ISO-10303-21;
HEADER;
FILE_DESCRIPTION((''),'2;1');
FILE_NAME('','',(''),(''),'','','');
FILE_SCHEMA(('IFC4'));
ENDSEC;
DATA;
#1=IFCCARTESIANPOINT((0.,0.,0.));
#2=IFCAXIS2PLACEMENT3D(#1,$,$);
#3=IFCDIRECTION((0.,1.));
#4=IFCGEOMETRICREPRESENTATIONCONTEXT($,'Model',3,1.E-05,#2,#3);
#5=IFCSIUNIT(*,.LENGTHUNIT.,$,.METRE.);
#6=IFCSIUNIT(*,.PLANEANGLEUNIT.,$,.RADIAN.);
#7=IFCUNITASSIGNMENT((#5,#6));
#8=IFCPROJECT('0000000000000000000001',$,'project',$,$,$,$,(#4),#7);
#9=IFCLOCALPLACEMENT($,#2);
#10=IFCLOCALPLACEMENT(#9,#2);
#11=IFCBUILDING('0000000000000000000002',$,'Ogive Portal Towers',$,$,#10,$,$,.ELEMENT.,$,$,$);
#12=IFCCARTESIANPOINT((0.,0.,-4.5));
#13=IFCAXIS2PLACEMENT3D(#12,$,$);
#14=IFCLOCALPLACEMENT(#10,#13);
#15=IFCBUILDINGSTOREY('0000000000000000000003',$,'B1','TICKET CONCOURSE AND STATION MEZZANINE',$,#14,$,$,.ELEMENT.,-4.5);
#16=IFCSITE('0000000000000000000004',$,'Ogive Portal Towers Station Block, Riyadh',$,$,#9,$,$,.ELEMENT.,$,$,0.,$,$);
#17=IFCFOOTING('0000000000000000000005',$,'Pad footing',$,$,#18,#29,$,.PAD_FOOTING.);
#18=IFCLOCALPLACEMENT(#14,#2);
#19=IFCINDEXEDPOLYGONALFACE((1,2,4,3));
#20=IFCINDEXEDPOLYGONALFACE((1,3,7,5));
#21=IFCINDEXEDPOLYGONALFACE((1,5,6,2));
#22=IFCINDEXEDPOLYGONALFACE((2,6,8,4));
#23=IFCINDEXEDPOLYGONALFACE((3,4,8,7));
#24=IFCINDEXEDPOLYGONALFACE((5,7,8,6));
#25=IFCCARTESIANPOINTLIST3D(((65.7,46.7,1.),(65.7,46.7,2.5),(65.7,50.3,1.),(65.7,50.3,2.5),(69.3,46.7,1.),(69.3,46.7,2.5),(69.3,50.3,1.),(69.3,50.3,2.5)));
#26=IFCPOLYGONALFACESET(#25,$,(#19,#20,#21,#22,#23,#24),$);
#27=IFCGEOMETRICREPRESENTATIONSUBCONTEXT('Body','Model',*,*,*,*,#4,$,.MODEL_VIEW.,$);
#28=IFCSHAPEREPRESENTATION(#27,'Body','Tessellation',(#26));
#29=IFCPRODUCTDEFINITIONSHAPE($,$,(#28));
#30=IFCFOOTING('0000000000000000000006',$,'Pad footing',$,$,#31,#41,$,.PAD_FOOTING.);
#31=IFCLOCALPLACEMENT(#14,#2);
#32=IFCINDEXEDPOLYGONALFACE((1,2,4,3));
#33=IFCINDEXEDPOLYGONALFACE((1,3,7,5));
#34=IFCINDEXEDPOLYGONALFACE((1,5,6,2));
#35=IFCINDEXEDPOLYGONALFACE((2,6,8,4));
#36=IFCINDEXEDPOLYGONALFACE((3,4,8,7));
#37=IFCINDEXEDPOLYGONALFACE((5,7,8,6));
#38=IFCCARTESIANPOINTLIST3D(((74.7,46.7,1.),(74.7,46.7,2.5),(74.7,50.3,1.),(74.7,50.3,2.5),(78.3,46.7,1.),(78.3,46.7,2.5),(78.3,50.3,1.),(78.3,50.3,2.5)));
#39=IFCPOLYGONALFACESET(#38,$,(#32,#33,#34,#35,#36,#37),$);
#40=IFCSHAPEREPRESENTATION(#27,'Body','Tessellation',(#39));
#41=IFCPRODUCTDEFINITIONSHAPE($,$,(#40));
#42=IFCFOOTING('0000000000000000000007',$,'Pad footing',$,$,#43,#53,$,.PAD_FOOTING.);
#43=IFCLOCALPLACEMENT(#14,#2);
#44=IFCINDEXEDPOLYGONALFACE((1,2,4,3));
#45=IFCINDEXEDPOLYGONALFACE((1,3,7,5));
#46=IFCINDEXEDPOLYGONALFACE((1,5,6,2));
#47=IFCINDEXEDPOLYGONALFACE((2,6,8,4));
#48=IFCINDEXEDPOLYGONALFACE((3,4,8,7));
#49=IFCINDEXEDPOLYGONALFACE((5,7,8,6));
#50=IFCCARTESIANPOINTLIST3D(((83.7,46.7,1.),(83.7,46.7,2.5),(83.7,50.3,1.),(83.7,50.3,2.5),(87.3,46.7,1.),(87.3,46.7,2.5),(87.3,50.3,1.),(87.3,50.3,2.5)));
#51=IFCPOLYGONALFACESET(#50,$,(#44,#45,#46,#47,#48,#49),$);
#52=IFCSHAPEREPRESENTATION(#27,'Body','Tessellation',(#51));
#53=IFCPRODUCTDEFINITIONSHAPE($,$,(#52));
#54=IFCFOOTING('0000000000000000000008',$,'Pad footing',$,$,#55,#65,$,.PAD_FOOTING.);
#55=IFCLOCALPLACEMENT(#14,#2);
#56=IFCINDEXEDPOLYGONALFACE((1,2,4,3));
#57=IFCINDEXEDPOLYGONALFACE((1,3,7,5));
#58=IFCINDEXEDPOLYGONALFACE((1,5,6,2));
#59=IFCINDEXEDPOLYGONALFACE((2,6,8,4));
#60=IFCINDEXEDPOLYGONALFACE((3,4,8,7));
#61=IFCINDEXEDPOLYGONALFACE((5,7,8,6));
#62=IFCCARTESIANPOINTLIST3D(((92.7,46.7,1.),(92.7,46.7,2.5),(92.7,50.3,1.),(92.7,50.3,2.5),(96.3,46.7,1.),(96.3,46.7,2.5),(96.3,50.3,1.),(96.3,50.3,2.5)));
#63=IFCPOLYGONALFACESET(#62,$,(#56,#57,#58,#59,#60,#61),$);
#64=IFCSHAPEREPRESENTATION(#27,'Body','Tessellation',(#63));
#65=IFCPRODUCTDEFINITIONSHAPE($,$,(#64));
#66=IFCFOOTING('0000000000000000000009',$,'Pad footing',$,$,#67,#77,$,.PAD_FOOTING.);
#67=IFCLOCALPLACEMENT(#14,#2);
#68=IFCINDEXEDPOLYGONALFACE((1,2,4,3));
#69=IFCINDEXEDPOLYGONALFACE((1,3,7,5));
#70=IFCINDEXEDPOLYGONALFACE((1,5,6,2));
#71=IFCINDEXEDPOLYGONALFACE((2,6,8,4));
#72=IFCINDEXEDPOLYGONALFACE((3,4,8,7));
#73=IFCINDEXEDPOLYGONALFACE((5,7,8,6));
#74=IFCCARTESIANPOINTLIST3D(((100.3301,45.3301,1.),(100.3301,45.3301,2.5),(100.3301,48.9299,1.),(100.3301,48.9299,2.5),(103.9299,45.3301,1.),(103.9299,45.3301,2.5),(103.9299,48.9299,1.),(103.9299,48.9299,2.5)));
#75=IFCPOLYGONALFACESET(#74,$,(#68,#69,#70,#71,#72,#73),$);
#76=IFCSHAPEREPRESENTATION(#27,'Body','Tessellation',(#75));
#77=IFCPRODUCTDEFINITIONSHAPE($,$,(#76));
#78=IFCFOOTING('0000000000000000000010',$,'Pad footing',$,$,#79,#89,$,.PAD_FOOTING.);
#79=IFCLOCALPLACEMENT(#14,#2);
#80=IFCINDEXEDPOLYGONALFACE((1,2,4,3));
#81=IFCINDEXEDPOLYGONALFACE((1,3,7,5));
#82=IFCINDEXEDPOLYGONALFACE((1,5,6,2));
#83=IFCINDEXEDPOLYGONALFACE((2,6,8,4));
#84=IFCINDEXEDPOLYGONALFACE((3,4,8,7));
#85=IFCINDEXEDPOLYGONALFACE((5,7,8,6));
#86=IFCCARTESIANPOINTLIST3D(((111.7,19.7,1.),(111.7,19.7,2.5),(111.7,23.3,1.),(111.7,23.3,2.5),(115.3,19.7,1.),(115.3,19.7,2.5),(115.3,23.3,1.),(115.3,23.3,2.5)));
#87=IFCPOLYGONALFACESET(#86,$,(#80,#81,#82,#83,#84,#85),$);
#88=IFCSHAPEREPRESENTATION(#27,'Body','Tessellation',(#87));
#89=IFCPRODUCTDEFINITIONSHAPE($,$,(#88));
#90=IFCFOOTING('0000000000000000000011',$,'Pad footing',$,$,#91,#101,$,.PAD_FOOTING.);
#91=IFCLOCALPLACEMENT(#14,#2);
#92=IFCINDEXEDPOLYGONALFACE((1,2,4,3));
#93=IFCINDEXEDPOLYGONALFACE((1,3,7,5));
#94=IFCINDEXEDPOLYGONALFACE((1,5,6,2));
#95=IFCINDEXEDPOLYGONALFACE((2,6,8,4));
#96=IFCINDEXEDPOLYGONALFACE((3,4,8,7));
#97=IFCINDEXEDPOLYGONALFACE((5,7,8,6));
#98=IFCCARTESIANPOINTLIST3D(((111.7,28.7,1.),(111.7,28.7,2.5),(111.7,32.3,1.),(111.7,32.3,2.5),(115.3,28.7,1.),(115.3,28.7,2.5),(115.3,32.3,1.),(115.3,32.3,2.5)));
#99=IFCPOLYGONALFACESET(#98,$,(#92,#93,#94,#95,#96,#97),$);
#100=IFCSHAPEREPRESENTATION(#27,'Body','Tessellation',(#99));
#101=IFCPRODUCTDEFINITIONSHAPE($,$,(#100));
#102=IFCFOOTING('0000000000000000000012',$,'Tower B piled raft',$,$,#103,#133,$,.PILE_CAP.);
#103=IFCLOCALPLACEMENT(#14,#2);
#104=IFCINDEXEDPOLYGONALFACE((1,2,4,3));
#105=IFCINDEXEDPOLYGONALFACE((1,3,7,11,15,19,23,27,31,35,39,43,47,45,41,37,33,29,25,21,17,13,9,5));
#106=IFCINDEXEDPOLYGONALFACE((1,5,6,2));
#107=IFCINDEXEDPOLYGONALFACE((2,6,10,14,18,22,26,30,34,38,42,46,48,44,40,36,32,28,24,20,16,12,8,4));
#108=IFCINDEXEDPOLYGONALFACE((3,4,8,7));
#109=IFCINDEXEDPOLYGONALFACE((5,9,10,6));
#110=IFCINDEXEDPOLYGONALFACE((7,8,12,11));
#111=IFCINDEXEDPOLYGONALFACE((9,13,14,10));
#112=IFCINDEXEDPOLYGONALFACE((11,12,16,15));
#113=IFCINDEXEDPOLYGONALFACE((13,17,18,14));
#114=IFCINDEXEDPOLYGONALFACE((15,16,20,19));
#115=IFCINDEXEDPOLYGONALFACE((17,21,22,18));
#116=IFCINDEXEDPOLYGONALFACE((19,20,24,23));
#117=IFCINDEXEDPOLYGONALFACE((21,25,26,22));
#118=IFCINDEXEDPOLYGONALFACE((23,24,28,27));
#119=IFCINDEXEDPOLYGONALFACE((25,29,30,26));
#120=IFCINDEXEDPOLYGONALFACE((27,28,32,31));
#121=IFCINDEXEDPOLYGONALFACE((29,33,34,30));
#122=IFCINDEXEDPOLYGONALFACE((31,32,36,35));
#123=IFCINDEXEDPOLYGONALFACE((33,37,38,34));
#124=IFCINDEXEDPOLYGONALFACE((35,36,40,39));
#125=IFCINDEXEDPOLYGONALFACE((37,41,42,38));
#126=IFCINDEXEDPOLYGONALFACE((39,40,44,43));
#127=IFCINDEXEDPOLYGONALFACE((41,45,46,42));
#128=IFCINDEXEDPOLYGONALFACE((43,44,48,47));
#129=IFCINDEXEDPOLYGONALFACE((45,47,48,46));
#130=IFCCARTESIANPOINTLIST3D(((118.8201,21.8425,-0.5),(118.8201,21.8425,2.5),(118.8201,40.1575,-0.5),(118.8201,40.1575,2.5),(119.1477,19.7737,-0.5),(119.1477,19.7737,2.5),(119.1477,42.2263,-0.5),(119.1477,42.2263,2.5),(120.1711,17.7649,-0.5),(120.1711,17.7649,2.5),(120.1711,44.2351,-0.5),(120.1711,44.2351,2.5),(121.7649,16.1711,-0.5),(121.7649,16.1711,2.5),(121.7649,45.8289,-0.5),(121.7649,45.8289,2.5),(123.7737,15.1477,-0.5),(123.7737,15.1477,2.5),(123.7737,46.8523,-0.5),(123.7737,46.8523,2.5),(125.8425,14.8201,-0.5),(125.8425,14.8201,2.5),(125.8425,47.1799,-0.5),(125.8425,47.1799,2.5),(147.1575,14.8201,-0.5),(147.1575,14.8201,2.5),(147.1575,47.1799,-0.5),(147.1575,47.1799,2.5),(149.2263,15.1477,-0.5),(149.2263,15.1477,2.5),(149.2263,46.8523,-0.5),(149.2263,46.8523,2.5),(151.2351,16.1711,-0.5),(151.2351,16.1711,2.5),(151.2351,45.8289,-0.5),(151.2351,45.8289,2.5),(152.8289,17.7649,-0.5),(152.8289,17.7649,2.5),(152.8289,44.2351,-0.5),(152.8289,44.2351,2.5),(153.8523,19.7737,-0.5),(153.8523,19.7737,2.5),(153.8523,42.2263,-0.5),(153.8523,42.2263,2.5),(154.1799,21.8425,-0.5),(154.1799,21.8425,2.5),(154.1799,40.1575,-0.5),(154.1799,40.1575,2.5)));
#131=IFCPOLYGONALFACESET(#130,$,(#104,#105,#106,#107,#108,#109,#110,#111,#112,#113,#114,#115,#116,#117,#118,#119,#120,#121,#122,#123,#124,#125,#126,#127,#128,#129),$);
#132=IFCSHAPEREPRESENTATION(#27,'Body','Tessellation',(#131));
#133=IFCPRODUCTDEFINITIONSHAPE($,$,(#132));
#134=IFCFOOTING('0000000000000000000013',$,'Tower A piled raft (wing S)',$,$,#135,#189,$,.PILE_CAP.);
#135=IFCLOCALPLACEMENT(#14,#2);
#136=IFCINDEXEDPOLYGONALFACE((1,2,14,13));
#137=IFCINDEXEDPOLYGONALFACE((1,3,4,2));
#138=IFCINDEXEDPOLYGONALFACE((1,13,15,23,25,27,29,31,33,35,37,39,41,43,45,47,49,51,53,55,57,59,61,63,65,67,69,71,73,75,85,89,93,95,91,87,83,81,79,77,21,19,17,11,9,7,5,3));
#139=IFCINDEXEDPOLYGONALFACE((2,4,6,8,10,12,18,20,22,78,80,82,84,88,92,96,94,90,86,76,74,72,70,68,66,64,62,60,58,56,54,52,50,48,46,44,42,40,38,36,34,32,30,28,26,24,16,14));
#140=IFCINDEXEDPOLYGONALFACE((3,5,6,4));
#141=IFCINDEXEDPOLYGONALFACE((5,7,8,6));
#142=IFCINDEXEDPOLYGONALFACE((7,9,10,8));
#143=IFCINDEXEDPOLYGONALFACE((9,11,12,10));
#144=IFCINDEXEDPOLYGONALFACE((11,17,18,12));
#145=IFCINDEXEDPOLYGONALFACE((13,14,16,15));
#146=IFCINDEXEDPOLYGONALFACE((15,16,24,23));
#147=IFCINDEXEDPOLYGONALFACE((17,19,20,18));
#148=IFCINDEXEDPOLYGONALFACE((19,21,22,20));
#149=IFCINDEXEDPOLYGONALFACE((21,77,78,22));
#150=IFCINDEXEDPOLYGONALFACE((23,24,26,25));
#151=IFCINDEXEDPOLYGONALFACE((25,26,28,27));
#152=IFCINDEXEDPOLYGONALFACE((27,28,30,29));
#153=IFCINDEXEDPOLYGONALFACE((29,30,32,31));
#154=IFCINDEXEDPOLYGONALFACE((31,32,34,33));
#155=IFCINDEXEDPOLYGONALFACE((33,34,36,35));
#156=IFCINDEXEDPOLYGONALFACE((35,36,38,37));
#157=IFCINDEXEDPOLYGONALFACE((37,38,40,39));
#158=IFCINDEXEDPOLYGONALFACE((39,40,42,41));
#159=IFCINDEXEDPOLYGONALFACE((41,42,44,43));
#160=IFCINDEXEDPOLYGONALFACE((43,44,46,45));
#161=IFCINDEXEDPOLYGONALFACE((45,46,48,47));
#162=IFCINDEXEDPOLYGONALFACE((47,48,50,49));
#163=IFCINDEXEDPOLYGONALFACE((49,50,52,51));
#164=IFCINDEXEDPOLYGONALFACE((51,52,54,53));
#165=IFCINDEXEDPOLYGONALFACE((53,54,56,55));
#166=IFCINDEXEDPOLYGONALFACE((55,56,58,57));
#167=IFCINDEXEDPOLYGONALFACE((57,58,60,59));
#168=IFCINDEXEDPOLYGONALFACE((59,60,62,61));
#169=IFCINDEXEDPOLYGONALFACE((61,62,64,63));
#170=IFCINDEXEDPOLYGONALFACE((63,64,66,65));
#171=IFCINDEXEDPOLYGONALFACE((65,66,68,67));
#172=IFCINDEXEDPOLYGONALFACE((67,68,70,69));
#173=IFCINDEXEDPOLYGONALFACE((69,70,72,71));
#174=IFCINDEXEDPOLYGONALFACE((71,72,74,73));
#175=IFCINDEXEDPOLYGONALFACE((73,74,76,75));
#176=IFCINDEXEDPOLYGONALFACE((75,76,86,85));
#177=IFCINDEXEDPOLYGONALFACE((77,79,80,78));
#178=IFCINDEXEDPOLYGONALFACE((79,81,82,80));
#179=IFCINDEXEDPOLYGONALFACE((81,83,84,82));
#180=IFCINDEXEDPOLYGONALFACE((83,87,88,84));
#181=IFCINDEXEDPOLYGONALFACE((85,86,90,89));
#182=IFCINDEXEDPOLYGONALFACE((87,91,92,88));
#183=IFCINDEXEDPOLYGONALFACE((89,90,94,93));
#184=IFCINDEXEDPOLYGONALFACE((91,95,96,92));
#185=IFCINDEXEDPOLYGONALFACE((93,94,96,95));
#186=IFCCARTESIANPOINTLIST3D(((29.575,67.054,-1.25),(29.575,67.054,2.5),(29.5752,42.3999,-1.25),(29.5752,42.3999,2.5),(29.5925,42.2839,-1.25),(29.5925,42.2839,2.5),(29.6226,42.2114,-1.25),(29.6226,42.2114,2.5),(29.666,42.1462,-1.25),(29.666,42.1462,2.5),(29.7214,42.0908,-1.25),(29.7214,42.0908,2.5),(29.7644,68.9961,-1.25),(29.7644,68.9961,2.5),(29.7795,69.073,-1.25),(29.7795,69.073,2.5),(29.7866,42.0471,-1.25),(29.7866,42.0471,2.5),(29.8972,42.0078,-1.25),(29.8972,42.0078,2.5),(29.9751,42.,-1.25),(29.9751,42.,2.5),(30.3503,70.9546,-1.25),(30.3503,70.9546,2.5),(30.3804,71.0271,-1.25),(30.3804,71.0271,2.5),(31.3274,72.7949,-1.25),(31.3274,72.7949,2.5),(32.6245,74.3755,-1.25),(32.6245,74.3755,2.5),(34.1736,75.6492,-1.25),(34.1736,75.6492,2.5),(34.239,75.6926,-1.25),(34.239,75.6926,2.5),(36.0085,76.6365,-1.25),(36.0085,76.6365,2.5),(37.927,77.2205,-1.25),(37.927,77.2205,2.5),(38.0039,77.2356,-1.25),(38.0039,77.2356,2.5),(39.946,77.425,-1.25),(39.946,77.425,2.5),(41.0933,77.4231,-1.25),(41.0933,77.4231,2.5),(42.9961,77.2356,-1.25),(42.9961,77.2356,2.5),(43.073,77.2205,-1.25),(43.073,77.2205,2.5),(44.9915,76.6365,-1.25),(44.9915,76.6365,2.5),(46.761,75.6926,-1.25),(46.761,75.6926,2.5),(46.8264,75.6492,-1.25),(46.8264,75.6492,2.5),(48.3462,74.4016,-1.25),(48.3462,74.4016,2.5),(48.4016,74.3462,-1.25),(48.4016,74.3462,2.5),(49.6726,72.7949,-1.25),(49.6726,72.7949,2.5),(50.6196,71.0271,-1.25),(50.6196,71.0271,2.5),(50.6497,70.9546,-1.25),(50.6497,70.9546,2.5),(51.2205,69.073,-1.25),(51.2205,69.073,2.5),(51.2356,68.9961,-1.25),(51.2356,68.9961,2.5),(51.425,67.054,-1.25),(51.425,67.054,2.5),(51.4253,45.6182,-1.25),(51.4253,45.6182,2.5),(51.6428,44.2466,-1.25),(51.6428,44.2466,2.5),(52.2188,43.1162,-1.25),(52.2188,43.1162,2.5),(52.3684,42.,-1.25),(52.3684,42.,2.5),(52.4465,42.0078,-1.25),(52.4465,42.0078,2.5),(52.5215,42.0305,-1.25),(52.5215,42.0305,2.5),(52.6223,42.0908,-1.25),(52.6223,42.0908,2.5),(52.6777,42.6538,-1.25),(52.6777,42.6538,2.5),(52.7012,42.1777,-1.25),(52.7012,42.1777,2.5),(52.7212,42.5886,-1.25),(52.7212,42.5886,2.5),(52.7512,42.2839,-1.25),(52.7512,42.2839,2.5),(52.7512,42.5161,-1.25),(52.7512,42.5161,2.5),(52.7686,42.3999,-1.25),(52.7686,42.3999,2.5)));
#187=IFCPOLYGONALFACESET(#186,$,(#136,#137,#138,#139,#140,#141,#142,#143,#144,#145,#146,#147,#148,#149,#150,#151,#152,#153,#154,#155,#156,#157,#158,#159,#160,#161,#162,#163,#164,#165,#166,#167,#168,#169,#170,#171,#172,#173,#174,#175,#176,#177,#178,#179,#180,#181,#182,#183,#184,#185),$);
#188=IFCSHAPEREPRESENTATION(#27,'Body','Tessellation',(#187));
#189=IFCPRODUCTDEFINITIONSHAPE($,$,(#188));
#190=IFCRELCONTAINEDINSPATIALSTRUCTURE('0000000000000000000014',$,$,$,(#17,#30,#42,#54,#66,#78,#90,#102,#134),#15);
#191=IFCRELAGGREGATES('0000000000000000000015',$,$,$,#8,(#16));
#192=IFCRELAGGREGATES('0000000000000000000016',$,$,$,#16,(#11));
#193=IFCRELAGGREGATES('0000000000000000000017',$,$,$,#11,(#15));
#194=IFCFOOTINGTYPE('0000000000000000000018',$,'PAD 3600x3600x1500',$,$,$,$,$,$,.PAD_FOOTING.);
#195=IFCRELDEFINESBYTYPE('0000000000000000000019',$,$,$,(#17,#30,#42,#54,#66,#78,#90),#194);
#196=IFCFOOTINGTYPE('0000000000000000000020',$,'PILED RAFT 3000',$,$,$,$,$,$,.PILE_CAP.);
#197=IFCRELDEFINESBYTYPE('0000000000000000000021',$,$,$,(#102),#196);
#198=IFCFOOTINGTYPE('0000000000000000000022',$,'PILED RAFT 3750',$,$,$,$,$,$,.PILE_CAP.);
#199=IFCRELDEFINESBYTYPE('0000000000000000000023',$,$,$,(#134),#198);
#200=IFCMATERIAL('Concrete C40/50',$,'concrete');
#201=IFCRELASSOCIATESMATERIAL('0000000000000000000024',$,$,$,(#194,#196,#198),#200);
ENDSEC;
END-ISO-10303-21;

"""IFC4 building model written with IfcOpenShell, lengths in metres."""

from ifc_helpers import new_model, si_unit, direction, frame, origin, place, context, subcontext, project, spatial, polyline, outline, extrude, material, type_object, element, save


model = new_model("IFC4")

# Units and contexts
model_context = context("Model", 3, precision=1e-05, world=origin(), true_north=direction((0.0, 1.0)))
body_context = subcontext(model_context, "Body", "Model", "MODEL_VIEW")
ifc_project = project(units=[si_unit("LENGTHUNIT", "METRE"), si_unit("PLANEANGLEUNIT", "RADIAN")], contexts=[model_context])

# Site, building, storey
site_placement = place(None, origin())
site = spatial("IfcSite", under=ifc_project, at=site_placement, Name="Ogive Portal Towers Station Block, Riyadh", CompositionType="ELEMENT", RefElevation=0.0)
building_placement = place(site_placement, origin())
building = spatial("IfcBuilding", under=site, at=building_placement, Name="Ogive Portal Towers", CompositionType="ELEMENT")
storey_placement = place(building_placement, frame((0.0, 0.0, -4.5)))
storey = spatial("IfcBuildingStorey", under=building, at=storey_placement, Name="B1", Description="TICKET CONCOURSE AND STATION MEZZANINE", CompositionType="ELEMENT", Elevation=-4.5)

# Footings
ifc_material_1 = material(Name="Concrete C40/50", Category="concrete")
footing_type_1 = type_object("IfcFootingType", Name="PAD 3600x3600x1500", PredefinedType="PAD_FOOTING", material=ifc_material_1)
footing_1_placement = place(storey_placement, frame((0.0, 0.0, 1.0)))
element("IfcFooting", 1, at=footing_1_placement, inside=storey, type_object=footing_type_1, Name="Pad footing", PredefinedType="PAD_FOOTING", context=body_context, shape_type="SweptSolid", body=[
    extrude(outline(polyline([(69.3, 46.7), (69.3, 50.3), (65.7, 50.3), (65.7, 46.7), (69.3, 46.7)])), origin(), (0.0, 0.0, 1.0), 1.5),
])
footing_2_placement = place(storey_placement, frame((0.0, 0.0, 1.0)))
element("IfcFooting", 2, at=footing_2_placement, inside=storey, type_object=footing_type_1, Name="Pad footing", PredefinedType="PAD_FOOTING", context=body_context, shape_type="SweptSolid", body=[
    extrude(outline(polyline([(78.3, 46.7), (78.3, 50.3), (74.7, 50.3), (74.7, 46.7), (78.3, 46.7)])), origin(), (0.0, 0.0, 1.0), 1.5),
])
footing_3_placement = place(storey_placement, frame((0.0, 0.0, 1.0)))
element("IfcFooting", 3, at=footing_3_placement, inside=storey, type_object=footing_type_1, Name="Pad footing", PredefinedType="PAD_FOOTING", context=body_context, shape_type="SweptSolid", body=[
    extrude(outline(polyline([(87.3, 46.7), (87.3, 50.3), (83.7, 50.3), (83.7, 46.7), (87.3, 46.7)])), origin(), (0.0, 0.0, 1.0), 1.5),
])
footing_4_placement = place(storey_placement, frame((0.0, 0.0, 1.0)))
element("IfcFooting", 4, at=footing_4_placement, inside=storey, type_object=footing_type_1, Name="Pad footing", PredefinedType="PAD_FOOTING", context=body_context, shape_type="SweptSolid", body=[
    extrude(outline(polyline([(96.3, 46.7), (96.3, 50.3), (92.7, 50.3), (92.7, 46.7), (96.3, 46.7)])), origin(), (0.0, 0.0, 1.0), 1.5),
])
footing_5_placement = place(storey_placement, frame((0.0, 0.0, 1.0)))
element("IfcFooting", 5, at=footing_5_placement, inside=storey, type_object=footing_type_1, Name="Pad footing", PredefinedType="PAD_FOOTING", context=body_context, shape_type="SweptSolid", body=[
    extrude(outline(polyline([(103.9299, 45.3301), (103.9299, 48.9299), (100.3301, 48.9299), (100.3301, 45.3301), (103.9299, 45.3301)])), origin(), (0.0, 0.0, 1.0), 1.5),
])
footing_6_placement = place(storey_placement, frame((0.0, 0.0, 1.0)))
element("IfcFooting", 6, at=footing_6_placement, inside=storey, type_object=footing_type_1, Name="Pad footing", PredefinedType="PAD_FOOTING", context=body_context, shape_type="SweptSolid", body=[
    extrude(outline(polyline([(115.3, 19.7), (115.3, 23.3), (111.7, 23.3), (111.7, 19.7), (115.3, 19.7)])), origin(), (0.0, 0.0, 1.0), 1.5),
])
footing_7_placement = place(storey_placement, frame((0.0, 0.0, 1.0)))
element("IfcFooting", 7, at=footing_7_placement, inside=storey, type_object=footing_type_1, Name="Pad footing", PredefinedType="PAD_FOOTING", context=body_context, shape_type="SweptSolid", body=[
    extrude(outline(polyline([(115.3, 28.7), (115.3, 32.3), (111.7, 32.3), (111.7, 28.7), (115.3, 28.7)])), origin(), (0.0, 0.0, 1.0), 1.5),
])
footing_type_2 = type_object("IfcFootingType", Name="PILED RAFT 3000", PredefinedType="PILE_CAP", material=ifc_material_1)
footing_8_placement = place(storey_placement, frame((0.0, 0.0, -0.5)))
element("IfcFooting", 8, at=footing_8_placement, inside=storey, type_object=footing_type_2, Name="Tower B piled raft", PredefinedType="PILE_CAP", context=body_context, shape_type="SweptSolid", body=[
    extrude(outline(polyline([(118.8201, 21.8425), (119.1477, 19.7737), (120.1711, 17.7649), (121.7649, 16.1711), (123.7737, 15.1477), (125.8425, 14.8201), (147.1575, 14.8201), (149.2263, 15.1477), (151.2351, 16.1711), (152.8289, 17.7649), (153.8523, 19.7737), (154.1799, 21.8425), (154.1799, 40.1575), (153.8523, 42.2263), (152.8289, 44.2351), (151.2351, 45.8289), (149.2263, 46.8523), (147.1575, 47.1799), (125.8425, 47.1799), (123.7737, 46.8523), (121.7649, 45.8289), (120.1711, 44.2351), (119.1477, 42.2263), (118.8201, 40.1575), (118.8201, 21.8425)])), origin(), (0.0, 0.0, 1.0), 3.0),
])
footing_type_3 = type_object("IfcFootingType", Name="PILED RAFT 3750", PredefinedType="PILE_CAP", material=ifc_material_1)
footing_9_placement = place(storey_placement, frame((0.0, 0.0, -1.25)))
element("IfcFooting", 9, at=footing_9_placement, inside=storey, type_object=footing_type_3, Name="Tower A piled raft (wing S)", PredefinedType="PILE_CAP", context=body_context, shape_type="SweptSolid", body=[
    extrude(outline(polyline([(29.7644, 68.9961), (29.575, 67.054), (29.5752, 42.3999), (29.5925, 42.2839), (29.6226, 42.2114), (29.666, 42.1462), (29.7214, 42.0908), (29.7866, 42.0471), (29.8972, 42.0078), (29.9751, 42.0), (52.3684, 42.0), (52.4465, 42.0078), (52.5215, 42.0305), (52.6223, 42.0908), (52.7012, 42.1777), (52.7512, 42.2839), (52.7686, 42.3999), (52.7512, 42.5161), (52.7212, 42.5886), (52.6777, 42.6538), (52.2188, 43.1162), (51.6428, 44.2466), (51.4253, 45.6182), (51.425, 67.054), (51.2356, 68.9961), (51.2205, 69.073), (50.6497, 70.9546), (50.6196, 71.0271), (49.6726, 72.7949), (48.4016, 74.3462), (48.3462, 74.4016), (46.8264, 75.6492), (46.761, 75.6926), (44.9915, 76.6365), (43.073, 77.2205), (42.9961, 77.2356), (41.0933, 77.4231), (39.946, 77.425), (38.0039, 77.2356), (37.927, 77.2205), (36.0085, 76.6365), (34.239, 75.6926), (34.1736, 75.6492), (32.6245, 74.3755), (31.3274, 72.7949), (30.3804, 71.0271), (30.3503, 70.9546), (29.7795, 69.073), (29.7644, 68.9961)])), origin(), (0.0, 0.0, 1.0), 3.75),
])

save(model, "model.ifc")
